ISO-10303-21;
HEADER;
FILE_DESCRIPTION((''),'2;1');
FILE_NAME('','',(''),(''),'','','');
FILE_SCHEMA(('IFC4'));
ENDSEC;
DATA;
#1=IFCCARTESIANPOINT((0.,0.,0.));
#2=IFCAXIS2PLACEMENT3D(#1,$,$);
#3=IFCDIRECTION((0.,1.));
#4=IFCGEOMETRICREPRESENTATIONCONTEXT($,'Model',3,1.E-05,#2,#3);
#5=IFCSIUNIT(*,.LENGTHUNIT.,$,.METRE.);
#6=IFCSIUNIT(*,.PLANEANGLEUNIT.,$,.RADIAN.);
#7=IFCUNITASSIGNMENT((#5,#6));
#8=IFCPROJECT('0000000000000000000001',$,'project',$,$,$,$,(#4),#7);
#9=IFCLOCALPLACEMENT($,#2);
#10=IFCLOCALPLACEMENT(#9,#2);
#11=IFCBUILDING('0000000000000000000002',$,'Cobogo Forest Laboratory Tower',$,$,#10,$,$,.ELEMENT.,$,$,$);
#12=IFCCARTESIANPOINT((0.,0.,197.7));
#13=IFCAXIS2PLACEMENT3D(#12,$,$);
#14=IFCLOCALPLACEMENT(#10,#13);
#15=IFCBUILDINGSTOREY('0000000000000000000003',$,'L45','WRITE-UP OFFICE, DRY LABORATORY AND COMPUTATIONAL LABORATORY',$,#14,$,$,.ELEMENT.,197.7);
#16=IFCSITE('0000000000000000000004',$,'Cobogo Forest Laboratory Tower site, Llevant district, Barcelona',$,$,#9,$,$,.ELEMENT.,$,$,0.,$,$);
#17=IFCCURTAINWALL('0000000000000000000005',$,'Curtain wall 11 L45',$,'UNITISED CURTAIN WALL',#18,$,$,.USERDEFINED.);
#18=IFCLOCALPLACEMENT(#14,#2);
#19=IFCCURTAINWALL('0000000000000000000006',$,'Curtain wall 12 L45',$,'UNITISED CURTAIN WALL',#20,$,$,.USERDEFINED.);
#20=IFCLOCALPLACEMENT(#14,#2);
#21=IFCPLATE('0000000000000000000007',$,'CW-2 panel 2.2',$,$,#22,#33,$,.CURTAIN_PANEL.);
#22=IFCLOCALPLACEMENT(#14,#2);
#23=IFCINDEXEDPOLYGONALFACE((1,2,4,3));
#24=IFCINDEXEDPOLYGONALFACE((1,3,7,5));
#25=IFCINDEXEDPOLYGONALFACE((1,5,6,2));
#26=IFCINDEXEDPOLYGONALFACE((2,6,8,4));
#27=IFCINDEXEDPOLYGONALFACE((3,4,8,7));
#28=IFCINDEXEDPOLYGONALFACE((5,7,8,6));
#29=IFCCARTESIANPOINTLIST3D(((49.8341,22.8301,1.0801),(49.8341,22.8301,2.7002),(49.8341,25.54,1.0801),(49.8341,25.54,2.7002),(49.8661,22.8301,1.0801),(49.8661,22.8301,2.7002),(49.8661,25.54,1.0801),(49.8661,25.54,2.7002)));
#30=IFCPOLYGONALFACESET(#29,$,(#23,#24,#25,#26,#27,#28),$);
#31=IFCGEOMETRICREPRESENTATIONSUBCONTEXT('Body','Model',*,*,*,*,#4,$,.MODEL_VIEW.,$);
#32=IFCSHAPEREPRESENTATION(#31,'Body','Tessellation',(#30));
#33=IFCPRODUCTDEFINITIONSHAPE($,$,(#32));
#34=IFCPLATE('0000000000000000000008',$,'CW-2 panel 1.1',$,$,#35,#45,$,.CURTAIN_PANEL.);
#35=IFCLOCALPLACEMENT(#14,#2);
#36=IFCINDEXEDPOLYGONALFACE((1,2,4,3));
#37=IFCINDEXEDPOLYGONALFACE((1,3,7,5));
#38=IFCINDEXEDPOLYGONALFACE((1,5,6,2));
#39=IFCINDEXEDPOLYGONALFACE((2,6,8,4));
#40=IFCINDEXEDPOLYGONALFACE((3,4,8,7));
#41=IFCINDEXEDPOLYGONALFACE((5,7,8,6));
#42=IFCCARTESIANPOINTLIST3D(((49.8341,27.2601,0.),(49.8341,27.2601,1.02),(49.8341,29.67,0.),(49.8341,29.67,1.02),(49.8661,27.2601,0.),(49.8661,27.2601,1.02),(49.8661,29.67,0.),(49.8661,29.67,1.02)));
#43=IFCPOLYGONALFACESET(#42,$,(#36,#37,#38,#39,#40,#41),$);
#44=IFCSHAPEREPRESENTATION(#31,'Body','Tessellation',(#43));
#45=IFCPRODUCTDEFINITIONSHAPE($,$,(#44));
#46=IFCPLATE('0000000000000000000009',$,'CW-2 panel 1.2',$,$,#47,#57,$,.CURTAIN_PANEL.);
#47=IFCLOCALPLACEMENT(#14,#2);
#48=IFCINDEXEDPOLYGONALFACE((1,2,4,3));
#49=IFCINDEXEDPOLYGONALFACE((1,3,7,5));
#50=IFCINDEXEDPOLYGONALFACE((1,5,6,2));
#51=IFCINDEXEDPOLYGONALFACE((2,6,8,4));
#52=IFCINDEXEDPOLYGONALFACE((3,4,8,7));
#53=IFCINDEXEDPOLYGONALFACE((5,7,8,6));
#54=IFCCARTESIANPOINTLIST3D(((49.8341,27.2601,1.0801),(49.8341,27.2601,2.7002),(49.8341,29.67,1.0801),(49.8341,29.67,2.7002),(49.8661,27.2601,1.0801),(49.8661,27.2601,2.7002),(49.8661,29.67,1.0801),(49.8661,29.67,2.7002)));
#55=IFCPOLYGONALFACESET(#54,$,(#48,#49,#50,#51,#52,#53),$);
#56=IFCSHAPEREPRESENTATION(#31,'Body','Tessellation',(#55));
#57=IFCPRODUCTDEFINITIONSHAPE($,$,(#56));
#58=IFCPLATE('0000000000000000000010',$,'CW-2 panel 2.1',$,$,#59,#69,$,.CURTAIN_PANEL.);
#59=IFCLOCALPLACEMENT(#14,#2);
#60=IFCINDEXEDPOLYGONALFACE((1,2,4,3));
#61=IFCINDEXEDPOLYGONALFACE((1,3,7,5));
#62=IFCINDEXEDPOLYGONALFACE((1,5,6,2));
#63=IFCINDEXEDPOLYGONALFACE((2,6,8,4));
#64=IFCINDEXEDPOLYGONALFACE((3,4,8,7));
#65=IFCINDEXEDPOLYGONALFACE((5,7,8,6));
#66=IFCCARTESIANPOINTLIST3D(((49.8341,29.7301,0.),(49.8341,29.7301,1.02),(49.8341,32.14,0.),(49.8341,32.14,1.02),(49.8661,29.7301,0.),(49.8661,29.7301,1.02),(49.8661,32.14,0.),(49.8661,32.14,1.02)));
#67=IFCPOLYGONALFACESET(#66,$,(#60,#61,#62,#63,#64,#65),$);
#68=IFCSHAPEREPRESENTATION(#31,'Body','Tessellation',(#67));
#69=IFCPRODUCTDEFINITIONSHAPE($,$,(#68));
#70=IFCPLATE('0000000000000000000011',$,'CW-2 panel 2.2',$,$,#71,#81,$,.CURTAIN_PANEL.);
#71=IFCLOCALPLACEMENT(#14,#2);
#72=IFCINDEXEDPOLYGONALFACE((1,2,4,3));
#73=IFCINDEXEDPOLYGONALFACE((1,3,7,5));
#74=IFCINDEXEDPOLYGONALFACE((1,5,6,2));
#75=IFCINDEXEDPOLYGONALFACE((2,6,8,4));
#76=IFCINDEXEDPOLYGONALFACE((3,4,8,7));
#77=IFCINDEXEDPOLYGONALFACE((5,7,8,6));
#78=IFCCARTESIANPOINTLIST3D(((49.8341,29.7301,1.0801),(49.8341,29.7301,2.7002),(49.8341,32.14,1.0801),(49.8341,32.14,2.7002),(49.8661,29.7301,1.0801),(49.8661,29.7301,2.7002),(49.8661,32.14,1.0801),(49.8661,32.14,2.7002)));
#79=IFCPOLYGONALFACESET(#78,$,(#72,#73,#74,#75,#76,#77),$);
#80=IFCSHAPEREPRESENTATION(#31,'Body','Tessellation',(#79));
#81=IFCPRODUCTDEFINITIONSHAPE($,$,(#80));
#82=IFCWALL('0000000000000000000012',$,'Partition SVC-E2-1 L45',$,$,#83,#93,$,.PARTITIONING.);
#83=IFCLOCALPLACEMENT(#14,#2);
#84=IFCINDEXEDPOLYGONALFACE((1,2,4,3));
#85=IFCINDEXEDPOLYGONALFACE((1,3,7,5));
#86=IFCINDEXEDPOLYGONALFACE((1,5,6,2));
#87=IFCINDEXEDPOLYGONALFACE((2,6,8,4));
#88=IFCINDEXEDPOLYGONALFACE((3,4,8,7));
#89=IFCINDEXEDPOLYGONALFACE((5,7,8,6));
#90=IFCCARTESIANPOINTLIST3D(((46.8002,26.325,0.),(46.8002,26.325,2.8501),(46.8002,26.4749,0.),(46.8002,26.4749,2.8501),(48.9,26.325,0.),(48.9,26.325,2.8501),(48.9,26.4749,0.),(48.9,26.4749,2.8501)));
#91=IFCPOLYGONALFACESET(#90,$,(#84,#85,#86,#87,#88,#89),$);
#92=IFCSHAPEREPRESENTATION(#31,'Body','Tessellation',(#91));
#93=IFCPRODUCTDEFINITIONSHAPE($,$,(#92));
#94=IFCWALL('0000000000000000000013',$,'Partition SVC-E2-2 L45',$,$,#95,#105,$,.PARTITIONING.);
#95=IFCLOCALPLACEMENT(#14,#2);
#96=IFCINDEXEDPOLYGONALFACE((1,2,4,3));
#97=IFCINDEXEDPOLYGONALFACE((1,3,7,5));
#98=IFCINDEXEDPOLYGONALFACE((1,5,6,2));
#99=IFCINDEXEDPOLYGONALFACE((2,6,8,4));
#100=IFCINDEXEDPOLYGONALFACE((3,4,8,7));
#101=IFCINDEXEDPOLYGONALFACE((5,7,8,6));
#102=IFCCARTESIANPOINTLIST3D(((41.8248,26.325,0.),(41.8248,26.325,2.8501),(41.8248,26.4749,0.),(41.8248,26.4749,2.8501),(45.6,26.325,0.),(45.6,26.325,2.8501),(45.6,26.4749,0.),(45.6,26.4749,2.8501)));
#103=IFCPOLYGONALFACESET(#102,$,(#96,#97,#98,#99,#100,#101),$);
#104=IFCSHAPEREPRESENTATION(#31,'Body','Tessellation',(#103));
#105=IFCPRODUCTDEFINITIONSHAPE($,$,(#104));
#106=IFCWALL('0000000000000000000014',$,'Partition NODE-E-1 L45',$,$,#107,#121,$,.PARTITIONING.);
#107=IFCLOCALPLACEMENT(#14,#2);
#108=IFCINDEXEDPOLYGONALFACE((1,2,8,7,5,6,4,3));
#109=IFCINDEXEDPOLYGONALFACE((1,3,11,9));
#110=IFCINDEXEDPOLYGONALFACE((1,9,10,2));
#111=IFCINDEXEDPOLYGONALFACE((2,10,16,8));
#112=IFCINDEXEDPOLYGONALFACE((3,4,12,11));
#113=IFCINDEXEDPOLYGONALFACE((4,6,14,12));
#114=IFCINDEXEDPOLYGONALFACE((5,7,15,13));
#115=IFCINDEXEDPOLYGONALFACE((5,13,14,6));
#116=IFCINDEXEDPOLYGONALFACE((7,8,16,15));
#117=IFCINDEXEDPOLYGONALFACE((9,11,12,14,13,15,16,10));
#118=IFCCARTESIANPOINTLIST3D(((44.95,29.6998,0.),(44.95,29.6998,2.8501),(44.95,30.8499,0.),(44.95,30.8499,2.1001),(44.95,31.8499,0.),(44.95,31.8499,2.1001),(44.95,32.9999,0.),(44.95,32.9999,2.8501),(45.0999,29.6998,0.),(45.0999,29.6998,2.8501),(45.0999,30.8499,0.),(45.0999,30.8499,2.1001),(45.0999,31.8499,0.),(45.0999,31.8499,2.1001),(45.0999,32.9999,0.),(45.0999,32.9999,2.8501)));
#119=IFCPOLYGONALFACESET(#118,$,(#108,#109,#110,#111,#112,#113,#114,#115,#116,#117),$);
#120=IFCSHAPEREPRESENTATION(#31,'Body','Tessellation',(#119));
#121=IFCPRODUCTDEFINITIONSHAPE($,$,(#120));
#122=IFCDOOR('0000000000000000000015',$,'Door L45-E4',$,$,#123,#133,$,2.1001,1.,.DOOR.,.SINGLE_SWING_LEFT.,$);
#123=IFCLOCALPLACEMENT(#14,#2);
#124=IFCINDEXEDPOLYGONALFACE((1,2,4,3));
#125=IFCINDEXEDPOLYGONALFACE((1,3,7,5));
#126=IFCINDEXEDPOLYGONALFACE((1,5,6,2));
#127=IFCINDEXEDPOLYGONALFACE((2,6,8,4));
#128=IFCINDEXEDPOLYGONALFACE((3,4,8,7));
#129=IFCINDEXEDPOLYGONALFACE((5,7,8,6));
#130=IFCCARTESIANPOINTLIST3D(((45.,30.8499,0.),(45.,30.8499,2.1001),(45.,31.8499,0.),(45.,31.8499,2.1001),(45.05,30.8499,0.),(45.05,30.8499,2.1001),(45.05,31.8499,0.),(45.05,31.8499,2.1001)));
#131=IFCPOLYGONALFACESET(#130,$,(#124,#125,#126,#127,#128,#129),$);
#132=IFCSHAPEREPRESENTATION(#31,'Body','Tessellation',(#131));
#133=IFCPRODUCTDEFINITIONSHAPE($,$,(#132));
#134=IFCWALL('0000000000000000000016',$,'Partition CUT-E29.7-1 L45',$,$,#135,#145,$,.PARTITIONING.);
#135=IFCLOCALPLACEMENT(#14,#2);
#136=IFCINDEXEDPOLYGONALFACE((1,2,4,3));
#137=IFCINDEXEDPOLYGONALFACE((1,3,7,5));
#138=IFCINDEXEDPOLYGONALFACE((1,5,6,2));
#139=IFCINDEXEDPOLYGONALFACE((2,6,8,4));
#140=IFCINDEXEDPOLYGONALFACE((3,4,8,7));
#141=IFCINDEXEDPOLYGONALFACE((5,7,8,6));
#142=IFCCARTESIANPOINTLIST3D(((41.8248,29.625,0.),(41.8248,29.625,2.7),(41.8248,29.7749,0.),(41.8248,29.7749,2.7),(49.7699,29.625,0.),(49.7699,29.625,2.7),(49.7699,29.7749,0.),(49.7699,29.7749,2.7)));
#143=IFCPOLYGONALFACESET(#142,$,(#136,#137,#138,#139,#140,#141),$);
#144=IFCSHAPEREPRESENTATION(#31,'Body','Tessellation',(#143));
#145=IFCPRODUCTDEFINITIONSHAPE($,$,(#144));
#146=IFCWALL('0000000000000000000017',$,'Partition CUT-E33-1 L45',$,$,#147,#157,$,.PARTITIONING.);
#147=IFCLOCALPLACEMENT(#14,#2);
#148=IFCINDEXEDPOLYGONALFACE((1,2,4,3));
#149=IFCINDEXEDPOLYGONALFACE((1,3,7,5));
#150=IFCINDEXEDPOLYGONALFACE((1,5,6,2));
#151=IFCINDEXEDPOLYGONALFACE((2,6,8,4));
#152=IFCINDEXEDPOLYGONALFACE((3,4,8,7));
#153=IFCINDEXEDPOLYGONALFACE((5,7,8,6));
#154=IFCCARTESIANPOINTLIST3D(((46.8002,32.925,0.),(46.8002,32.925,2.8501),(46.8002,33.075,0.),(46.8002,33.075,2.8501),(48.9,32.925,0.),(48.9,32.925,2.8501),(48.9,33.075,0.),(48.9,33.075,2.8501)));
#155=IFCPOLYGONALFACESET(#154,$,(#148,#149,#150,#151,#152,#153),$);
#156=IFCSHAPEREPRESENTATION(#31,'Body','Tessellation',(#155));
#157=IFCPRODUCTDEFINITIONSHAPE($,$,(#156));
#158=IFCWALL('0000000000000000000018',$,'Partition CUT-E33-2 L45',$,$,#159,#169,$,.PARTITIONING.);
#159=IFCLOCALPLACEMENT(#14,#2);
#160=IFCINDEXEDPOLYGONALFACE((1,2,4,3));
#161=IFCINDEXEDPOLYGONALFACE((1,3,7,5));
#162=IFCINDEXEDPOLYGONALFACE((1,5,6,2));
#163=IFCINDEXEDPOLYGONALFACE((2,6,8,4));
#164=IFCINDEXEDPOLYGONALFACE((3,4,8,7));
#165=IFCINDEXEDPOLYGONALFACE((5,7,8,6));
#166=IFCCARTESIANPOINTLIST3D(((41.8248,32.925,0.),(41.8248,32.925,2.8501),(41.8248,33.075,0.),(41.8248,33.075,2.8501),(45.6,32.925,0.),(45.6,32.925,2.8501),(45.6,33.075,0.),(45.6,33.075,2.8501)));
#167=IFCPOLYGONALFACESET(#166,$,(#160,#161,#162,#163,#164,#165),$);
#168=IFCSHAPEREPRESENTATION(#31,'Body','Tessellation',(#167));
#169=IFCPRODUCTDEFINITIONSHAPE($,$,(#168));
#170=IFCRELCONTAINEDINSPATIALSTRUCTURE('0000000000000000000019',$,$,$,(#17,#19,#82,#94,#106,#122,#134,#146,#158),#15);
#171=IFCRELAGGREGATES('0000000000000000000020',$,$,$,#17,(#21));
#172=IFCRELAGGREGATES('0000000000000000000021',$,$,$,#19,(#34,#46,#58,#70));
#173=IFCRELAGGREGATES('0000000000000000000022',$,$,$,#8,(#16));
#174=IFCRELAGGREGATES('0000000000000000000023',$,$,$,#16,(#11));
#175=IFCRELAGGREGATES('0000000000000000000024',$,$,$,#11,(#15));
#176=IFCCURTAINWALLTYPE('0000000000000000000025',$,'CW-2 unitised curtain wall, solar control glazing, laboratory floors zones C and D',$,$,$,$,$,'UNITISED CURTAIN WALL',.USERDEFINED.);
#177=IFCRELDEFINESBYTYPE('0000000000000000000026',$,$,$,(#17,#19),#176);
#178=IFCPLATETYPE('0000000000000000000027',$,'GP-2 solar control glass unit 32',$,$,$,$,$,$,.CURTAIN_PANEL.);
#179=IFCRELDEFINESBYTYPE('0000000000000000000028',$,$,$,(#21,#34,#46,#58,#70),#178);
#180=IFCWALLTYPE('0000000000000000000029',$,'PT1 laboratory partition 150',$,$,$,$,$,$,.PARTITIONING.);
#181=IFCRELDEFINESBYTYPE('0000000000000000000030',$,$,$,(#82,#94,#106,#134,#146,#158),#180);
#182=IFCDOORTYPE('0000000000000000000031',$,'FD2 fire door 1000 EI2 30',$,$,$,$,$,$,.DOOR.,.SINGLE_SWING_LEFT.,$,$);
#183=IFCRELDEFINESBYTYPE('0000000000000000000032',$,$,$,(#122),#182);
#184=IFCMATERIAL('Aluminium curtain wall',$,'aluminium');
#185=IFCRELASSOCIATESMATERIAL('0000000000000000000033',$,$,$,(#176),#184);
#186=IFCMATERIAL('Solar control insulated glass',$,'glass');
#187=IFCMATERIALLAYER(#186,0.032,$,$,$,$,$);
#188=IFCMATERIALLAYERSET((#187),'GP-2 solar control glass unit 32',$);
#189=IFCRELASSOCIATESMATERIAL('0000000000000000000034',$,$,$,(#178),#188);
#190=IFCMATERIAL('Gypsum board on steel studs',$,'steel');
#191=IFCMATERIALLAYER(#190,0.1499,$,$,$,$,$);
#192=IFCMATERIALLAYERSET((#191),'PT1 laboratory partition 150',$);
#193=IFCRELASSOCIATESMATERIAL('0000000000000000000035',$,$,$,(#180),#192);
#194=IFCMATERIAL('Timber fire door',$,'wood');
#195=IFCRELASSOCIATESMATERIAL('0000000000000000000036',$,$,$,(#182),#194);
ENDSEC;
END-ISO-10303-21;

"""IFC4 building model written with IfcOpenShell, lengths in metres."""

from ifc_helpers import new_model, si_unit, direction, frame, frame_2d, origin, origin_2d, place, context, subcontext, project, spatial, rectangle, extrude, material, layer, layer_set, type_object, element, fill, aggregate, save


model = new_model("IFC4")

# Units and contexts
model_context = context("Model", 3, precision=1e-05, world=origin(), true_north=direction((0.0, 1.0)))
body_context = subcontext(model_context, "Body", "Model", "MODEL_VIEW")
ifc_project = project(units=[si_unit("LENGTHUNIT", "METRE"), si_unit("PLANEANGLEUNIT", "RADIAN")], contexts=[model_context])

# Site, building, storey
site_placement = place(None, origin())
site = spatial("IfcSite", under=ifc_project, at=site_placement, Name="Cobogo Forest Laboratory Tower site, Llevant district, Barcelona", CompositionType="ELEMENT", RefElevation=0.0)
building_placement = place(site_placement, origin())
building = spatial("IfcBuilding", under=site, at=building_placement, Name="Cobogo Forest Laboratory Tower", CompositionType="ELEMENT")
storey_placement = place(building_placement, frame((0.0, 0.0, 197.7)))
storey = spatial("IfcBuildingStorey", under=building, at=storey_placement, Name="L45", Description="WRITE-UP OFFICE, DRY LABORATORY AND COMPUTATIONAL LABORATORY", CompositionType="ELEMENT", Elevation=197.7)

# Curtain walls
ifc_material_1 = material(Name="Aluminium curtain wall", Category="aluminium")
curtain_wall_type = type_object("IfcCurtainWallType", Name="CW-2 unitised curtain wall, solar control glazing, laboratory floors zones C and D", ElementType="UNITISED CURTAIN WALL", PredefinedType="USERDEFINED", material=ifc_material_1)
curtain_wall_1_placement = place(storey_placement, origin())
curtain_wall_1 = element("IfcCurtainWall", 1, at=curtain_wall_1_placement, inside=storey, type_object=curtain_wall_type, Name="Curtain wall 11 L45", ObjectType="UNITISED CURTAIN WALL", PredefinedType="USERDEFINED")
curtain_wall_2_placement = place(storey_placement, origin())
curtain_wall_2 = element("IfcCurtainWall", 2, at=curtain_wall_2_placement, inside=storey, type_object=curtain_wall_type, Name="Curtain wall 12 L45", ObjectType="UNITISED CURTAIN WALL", PredefinedType="USERDEFINED")

# Plates
ifc_material_2 = material(Name="Solar control insulated glass", Category="glass")
ifc_layer_1 = layer(ifc_material_2, 0.032)
ifc_layer_set_1 = layer_set([ifc_layer_1], Name="GP-2 solar control glass unit 32")
plate_type_1 = type_object("IfcPlateType", Name="GP-2 solar control glass unit 32", PredefinedType="CURTAIN_PANEL", material=ifc_layer_set_1)
plate_1_placement = place(storey_placement, frame((49.8501, 24.1851, 1.0801), z_axis=(0.0, 0.0, 1.0), x_axis=(0.0, 1.0, 0.0)))
plate_1 = element("IfcPlate", 3, at=plate_1_placement, type_object=plate_type_1, Name="CW-2 panel 2.2", PredefinedType="CURTAIN_PANEL", context=body_context, shape_type="SweptSolid", body=[
    extrude(rectangle(XDim=2.71, YDim=0.032, at=origin_2d()), origin(), (0.0, 0.0, 1.0), 1.6201),
])
aggregate(curtain_wall_1, [plate_1])
plate_2_placement = place(storey_placement, frame((49.8501, 28.4651, 0.0), z_axis=(0.0, 0.0, 1.0), x_axis=(0.0, 1.0, 0.0)))
plate_2 = element("IfcPlate", 4, at=plate_2_placement, type_object=plate_type_1, Name="CW-2 panel 1.1", PredefinedType="CURTAIN_PANEL", context=body_context, shape_type="SweptSolid", body=[
    extrude(rectangle(XDim=2.4099, YDim=0.032, at=origin_2d()), origin(), (0.0, 0.0, 1.0), 1.02),
])
plate_3_placement = place(storey_placement, frame((49.8501, 28.4651, 1.0801), z_axis=(0.0, 0.0, 1.0), x_axis=(0.0, 1.0, 0.0)))
plate_3 = element("IfcPlate", 5, at=plate_3_placement, type_object=plate_type_1, Name="CW-2 panel 1.2", PredefinedType="CURTAIN_PANEL", context=body_context, shape_type="SweptSolid", body=[
    extrude(rectangle(XDim=2.4099, YDim=0.032, at=origin_2d()), origin(), (0.0, 0.0, 1.0), 1.6201),
])
plate_4_placement = place(storey_placement, frame((49.8501, 30.9351, 0.0), z_axis=(0.0, 0.0, 1.0), x_axis=(0.0, 1.0, 0.0)))
plate_4 = element("IfcPlate", 6, at=plate_4_placement, type_object=plate_type_1, Name="CW-2 panel 2.1", PredefinedType="CURTAIN_PANEL", context=body_context, shape_type="SweptSolid", body=[
    extrude(rectangle(XDim=2.4099, YDim=0.032, at=origin_2d()), origin(), (0.0, 0.0, 1.0), 1.02),
])
plate_5_placement = place(storey_placement, frame((49.8501, 30.9351, 1.0801), z_axis=(0.0, 0.0, 1.0), x_axis=(0.0, 1.0, 0.0)))
plate_5 = element("IfcPlate", 7, at=plate_5_placement, type_object=plate_type_1, Name="CW-2 panel 2.2", PredefinedType="CURTAIN_PANEL", context=body_context, shape_type="SweptSolid", body=[
    extrude(rectangle(XDim=2.4099, YDim=0.032, at=origin_2d()), origin(), (0.0, 0.0, 1.0), 1.6201),
])
aggregate(curtain_wall_2, [plate_2, plate_3, plate_4, plate_5])

# Walls
ifc_material_3 = material(Name="Gypsum board on steel studs", Category="steel")
ifc_layer_2 = layer(ifc_material_3, 0.1499)
ifc_layer_set_2 = layer_set([ifc_layer_2], Name="PT1 laboratory partition 150")
wall_type = type_object("IfcWallType", Name="PT1 laboratory partition 150", PredefinedType="PARTITIONING", material=ifc_layer_set_2)
wall_1_placement = place(storey_placement, frame((48.8999, 26.3999, 0.0), z_axis=(0.0, 0.0, 1.0), x_axis=(-1.0, 0.0, 0.0)))
element("IfcWall", 8, at=wall_1_placement, inside=storey, type_object=wall_type, Name="Partition SVC-E2-1 L45", PredefinedType="PARTITIONING", context=body_context, shape_type="SweptSolid", body=[
    extrude(rectangle(XDim=2.0999, YDim=0.1499, at=frame_2d((1.0498, 0.0))), origin(), (0.0, 0.0, 1.0), 2.8501),
])
wall_2_placement = place(storey_placement, frame((45.6001, 26.3999, 0.0), z_axis=(0.0, 0.0, 1.0), x_axis=(-1.0, 0.0, 0.0)))
element("IfcWall", 9, at=wall_2_placement, inside=storey, type_object=wall_type, Name="Partition SVC-E2-2 L45", PredefinedType="PARTITIONING", context=body_context, shape_type="SweptSolid", body=[
    extrude(rectangle(XDim=3.7751, YDim=0.1499, at=frame_2d((1.8877, 0.0))), origin(), (0.0, 0.0, 1.0), 2.8501),
])

# Wall, opening, door
wall_3_placement = place(storey_placement, frame((45.0249, 29.7, 0.0), z_axis=(0.0, 0.0, 1.0), x_axis=(0.0, 1.0, 0.0)))
wall_3 = element("IfcWall", 10, at=wall_3_placement, inside=storey, type_object=wall_type, Name="Partition NODE-E-1 L45", PredefinedType="PARTITIONING", context=body_context, shape_type="SweptSolid", body=[
    extrude(rectangle(XDim=3.3, YDim=0.1499, at=frame_2d((1.6499, 0.0))), origin(), (0.0, 0.0, 1.0), 2.8501),
])
opening_placement = place(wall_3_placement, frame((1.1499, 0.0, 0.0)))
opening = element("IfcOpeningElement", 11, at=opening_placement, cuts=wall_3, PredefinedType="OPENING", context=body_context, shape_type="SweptSolid", body=[
    extrude(rectangle(XDim=1.0, YDim=2.1001, at=frame_2d((0.5, 1.05))), frame((0.0, 0.085, 0.0), z_axis=(0.0, -1.0, 0.0), x_axis=(1.0, 0.0, 0.0)), (0.0, 0.0, 1.0), 0.1699),
])
ifc_material_4 = material(Name="Timber fire door", Category="wood")
door_type = type_object("IfcDoorType", Name="FD2 fire door 1000 EI2 30", OperationType="SINGLE_SWING_LEFT", PredefinedType="DOOR", material=ifc_material_4)
door_placement = place(opening_placement, origin())
door = element("IfcDoor", 12, at=door_placement, inside=storey, type_object=door_type, Name="Door L45-E4", OperationType="SINGLE_SWING_LEFT", OverallHeight=2.1001, OverallWidth=1.0, PredefinedType="DOOR", context=body_context, shape_type="SweptSolid", body=[
    extrude(rectangle(XDim=1.0, YDim=2.1001, at=frame_2d((0.5, 1.05))), frame((0.0, 0.0249, 0.0), z_axis=(0.0, -1.0, 0.0), x_axis=(1.0, 0.0, 0.0)), (0.0, 0.0, 1.0), 0.05),
])
fill(opening, door)

# Walls
wall_4_placement = place(storey_placement, frame((49.77, 29.7, 0.0), z_axis=(0.0, 0.0, 1.0), x_axis=(-1.0, 0.0, 0.0)))
element("IfcWall", 13, at=wall_4_placement, inside=storey, type_object=wall_type, Name="Partition CUT-E29.7-1 L45", PredefinedType="PARTITIONING", context=body_context, shape_type="SweptSolid", body=[
    extrude(rectangle(XDim=7.9451, YDim=0.1499, at=frame_2d((3.9727, 0.0))), origin(), (0.0, 0.0, 1.0), 2.7),
])
wall_5_placement = place(storey_placement, frame((48.8999, 33.0, 0.0), z_axis=(0.0, 0.0, 1.0), x_axis=(-1.0, 0.0, 0.0)))
element("IfcWall", 14, at=wall_5_placement, inside=storey, type_object=wall_type, Name="Partition CUT-E33-1 L45", PredefinedType="PARTITIONING", context=body_context, shape_type="SweptSolid", body=[
    extrude(rectangle(XDim=2.0999, YDim=0.1499, at=frame_2d((1.0498, 0.0))), origin(), (0.0, 0.0, 1.0), 2.8501),
])
wall_6_placement = place(storey_placement, frame((45.6001, 33.0, 0.0), z_axis=(0.0, 0.0, 1.0), x_axis=(-1.0, 0.0, 0.0)))
element("IfcWall", 15, at=wall_6_placement, inside=storey, type_object=wall_type, Name="Partition CUT-E33-2 L45", PredefinedType="PARTITIONING", context=body_context, shape_type="SweptSolid", body=[
    extrude(rectangle(XDim=3.7751, YDim=0.1499, at=frame_2d((1.8877, 0.0))), origin(), (0.0, 0.0, 1.0), 2.8501),
])

save(model, "model.ifc")
